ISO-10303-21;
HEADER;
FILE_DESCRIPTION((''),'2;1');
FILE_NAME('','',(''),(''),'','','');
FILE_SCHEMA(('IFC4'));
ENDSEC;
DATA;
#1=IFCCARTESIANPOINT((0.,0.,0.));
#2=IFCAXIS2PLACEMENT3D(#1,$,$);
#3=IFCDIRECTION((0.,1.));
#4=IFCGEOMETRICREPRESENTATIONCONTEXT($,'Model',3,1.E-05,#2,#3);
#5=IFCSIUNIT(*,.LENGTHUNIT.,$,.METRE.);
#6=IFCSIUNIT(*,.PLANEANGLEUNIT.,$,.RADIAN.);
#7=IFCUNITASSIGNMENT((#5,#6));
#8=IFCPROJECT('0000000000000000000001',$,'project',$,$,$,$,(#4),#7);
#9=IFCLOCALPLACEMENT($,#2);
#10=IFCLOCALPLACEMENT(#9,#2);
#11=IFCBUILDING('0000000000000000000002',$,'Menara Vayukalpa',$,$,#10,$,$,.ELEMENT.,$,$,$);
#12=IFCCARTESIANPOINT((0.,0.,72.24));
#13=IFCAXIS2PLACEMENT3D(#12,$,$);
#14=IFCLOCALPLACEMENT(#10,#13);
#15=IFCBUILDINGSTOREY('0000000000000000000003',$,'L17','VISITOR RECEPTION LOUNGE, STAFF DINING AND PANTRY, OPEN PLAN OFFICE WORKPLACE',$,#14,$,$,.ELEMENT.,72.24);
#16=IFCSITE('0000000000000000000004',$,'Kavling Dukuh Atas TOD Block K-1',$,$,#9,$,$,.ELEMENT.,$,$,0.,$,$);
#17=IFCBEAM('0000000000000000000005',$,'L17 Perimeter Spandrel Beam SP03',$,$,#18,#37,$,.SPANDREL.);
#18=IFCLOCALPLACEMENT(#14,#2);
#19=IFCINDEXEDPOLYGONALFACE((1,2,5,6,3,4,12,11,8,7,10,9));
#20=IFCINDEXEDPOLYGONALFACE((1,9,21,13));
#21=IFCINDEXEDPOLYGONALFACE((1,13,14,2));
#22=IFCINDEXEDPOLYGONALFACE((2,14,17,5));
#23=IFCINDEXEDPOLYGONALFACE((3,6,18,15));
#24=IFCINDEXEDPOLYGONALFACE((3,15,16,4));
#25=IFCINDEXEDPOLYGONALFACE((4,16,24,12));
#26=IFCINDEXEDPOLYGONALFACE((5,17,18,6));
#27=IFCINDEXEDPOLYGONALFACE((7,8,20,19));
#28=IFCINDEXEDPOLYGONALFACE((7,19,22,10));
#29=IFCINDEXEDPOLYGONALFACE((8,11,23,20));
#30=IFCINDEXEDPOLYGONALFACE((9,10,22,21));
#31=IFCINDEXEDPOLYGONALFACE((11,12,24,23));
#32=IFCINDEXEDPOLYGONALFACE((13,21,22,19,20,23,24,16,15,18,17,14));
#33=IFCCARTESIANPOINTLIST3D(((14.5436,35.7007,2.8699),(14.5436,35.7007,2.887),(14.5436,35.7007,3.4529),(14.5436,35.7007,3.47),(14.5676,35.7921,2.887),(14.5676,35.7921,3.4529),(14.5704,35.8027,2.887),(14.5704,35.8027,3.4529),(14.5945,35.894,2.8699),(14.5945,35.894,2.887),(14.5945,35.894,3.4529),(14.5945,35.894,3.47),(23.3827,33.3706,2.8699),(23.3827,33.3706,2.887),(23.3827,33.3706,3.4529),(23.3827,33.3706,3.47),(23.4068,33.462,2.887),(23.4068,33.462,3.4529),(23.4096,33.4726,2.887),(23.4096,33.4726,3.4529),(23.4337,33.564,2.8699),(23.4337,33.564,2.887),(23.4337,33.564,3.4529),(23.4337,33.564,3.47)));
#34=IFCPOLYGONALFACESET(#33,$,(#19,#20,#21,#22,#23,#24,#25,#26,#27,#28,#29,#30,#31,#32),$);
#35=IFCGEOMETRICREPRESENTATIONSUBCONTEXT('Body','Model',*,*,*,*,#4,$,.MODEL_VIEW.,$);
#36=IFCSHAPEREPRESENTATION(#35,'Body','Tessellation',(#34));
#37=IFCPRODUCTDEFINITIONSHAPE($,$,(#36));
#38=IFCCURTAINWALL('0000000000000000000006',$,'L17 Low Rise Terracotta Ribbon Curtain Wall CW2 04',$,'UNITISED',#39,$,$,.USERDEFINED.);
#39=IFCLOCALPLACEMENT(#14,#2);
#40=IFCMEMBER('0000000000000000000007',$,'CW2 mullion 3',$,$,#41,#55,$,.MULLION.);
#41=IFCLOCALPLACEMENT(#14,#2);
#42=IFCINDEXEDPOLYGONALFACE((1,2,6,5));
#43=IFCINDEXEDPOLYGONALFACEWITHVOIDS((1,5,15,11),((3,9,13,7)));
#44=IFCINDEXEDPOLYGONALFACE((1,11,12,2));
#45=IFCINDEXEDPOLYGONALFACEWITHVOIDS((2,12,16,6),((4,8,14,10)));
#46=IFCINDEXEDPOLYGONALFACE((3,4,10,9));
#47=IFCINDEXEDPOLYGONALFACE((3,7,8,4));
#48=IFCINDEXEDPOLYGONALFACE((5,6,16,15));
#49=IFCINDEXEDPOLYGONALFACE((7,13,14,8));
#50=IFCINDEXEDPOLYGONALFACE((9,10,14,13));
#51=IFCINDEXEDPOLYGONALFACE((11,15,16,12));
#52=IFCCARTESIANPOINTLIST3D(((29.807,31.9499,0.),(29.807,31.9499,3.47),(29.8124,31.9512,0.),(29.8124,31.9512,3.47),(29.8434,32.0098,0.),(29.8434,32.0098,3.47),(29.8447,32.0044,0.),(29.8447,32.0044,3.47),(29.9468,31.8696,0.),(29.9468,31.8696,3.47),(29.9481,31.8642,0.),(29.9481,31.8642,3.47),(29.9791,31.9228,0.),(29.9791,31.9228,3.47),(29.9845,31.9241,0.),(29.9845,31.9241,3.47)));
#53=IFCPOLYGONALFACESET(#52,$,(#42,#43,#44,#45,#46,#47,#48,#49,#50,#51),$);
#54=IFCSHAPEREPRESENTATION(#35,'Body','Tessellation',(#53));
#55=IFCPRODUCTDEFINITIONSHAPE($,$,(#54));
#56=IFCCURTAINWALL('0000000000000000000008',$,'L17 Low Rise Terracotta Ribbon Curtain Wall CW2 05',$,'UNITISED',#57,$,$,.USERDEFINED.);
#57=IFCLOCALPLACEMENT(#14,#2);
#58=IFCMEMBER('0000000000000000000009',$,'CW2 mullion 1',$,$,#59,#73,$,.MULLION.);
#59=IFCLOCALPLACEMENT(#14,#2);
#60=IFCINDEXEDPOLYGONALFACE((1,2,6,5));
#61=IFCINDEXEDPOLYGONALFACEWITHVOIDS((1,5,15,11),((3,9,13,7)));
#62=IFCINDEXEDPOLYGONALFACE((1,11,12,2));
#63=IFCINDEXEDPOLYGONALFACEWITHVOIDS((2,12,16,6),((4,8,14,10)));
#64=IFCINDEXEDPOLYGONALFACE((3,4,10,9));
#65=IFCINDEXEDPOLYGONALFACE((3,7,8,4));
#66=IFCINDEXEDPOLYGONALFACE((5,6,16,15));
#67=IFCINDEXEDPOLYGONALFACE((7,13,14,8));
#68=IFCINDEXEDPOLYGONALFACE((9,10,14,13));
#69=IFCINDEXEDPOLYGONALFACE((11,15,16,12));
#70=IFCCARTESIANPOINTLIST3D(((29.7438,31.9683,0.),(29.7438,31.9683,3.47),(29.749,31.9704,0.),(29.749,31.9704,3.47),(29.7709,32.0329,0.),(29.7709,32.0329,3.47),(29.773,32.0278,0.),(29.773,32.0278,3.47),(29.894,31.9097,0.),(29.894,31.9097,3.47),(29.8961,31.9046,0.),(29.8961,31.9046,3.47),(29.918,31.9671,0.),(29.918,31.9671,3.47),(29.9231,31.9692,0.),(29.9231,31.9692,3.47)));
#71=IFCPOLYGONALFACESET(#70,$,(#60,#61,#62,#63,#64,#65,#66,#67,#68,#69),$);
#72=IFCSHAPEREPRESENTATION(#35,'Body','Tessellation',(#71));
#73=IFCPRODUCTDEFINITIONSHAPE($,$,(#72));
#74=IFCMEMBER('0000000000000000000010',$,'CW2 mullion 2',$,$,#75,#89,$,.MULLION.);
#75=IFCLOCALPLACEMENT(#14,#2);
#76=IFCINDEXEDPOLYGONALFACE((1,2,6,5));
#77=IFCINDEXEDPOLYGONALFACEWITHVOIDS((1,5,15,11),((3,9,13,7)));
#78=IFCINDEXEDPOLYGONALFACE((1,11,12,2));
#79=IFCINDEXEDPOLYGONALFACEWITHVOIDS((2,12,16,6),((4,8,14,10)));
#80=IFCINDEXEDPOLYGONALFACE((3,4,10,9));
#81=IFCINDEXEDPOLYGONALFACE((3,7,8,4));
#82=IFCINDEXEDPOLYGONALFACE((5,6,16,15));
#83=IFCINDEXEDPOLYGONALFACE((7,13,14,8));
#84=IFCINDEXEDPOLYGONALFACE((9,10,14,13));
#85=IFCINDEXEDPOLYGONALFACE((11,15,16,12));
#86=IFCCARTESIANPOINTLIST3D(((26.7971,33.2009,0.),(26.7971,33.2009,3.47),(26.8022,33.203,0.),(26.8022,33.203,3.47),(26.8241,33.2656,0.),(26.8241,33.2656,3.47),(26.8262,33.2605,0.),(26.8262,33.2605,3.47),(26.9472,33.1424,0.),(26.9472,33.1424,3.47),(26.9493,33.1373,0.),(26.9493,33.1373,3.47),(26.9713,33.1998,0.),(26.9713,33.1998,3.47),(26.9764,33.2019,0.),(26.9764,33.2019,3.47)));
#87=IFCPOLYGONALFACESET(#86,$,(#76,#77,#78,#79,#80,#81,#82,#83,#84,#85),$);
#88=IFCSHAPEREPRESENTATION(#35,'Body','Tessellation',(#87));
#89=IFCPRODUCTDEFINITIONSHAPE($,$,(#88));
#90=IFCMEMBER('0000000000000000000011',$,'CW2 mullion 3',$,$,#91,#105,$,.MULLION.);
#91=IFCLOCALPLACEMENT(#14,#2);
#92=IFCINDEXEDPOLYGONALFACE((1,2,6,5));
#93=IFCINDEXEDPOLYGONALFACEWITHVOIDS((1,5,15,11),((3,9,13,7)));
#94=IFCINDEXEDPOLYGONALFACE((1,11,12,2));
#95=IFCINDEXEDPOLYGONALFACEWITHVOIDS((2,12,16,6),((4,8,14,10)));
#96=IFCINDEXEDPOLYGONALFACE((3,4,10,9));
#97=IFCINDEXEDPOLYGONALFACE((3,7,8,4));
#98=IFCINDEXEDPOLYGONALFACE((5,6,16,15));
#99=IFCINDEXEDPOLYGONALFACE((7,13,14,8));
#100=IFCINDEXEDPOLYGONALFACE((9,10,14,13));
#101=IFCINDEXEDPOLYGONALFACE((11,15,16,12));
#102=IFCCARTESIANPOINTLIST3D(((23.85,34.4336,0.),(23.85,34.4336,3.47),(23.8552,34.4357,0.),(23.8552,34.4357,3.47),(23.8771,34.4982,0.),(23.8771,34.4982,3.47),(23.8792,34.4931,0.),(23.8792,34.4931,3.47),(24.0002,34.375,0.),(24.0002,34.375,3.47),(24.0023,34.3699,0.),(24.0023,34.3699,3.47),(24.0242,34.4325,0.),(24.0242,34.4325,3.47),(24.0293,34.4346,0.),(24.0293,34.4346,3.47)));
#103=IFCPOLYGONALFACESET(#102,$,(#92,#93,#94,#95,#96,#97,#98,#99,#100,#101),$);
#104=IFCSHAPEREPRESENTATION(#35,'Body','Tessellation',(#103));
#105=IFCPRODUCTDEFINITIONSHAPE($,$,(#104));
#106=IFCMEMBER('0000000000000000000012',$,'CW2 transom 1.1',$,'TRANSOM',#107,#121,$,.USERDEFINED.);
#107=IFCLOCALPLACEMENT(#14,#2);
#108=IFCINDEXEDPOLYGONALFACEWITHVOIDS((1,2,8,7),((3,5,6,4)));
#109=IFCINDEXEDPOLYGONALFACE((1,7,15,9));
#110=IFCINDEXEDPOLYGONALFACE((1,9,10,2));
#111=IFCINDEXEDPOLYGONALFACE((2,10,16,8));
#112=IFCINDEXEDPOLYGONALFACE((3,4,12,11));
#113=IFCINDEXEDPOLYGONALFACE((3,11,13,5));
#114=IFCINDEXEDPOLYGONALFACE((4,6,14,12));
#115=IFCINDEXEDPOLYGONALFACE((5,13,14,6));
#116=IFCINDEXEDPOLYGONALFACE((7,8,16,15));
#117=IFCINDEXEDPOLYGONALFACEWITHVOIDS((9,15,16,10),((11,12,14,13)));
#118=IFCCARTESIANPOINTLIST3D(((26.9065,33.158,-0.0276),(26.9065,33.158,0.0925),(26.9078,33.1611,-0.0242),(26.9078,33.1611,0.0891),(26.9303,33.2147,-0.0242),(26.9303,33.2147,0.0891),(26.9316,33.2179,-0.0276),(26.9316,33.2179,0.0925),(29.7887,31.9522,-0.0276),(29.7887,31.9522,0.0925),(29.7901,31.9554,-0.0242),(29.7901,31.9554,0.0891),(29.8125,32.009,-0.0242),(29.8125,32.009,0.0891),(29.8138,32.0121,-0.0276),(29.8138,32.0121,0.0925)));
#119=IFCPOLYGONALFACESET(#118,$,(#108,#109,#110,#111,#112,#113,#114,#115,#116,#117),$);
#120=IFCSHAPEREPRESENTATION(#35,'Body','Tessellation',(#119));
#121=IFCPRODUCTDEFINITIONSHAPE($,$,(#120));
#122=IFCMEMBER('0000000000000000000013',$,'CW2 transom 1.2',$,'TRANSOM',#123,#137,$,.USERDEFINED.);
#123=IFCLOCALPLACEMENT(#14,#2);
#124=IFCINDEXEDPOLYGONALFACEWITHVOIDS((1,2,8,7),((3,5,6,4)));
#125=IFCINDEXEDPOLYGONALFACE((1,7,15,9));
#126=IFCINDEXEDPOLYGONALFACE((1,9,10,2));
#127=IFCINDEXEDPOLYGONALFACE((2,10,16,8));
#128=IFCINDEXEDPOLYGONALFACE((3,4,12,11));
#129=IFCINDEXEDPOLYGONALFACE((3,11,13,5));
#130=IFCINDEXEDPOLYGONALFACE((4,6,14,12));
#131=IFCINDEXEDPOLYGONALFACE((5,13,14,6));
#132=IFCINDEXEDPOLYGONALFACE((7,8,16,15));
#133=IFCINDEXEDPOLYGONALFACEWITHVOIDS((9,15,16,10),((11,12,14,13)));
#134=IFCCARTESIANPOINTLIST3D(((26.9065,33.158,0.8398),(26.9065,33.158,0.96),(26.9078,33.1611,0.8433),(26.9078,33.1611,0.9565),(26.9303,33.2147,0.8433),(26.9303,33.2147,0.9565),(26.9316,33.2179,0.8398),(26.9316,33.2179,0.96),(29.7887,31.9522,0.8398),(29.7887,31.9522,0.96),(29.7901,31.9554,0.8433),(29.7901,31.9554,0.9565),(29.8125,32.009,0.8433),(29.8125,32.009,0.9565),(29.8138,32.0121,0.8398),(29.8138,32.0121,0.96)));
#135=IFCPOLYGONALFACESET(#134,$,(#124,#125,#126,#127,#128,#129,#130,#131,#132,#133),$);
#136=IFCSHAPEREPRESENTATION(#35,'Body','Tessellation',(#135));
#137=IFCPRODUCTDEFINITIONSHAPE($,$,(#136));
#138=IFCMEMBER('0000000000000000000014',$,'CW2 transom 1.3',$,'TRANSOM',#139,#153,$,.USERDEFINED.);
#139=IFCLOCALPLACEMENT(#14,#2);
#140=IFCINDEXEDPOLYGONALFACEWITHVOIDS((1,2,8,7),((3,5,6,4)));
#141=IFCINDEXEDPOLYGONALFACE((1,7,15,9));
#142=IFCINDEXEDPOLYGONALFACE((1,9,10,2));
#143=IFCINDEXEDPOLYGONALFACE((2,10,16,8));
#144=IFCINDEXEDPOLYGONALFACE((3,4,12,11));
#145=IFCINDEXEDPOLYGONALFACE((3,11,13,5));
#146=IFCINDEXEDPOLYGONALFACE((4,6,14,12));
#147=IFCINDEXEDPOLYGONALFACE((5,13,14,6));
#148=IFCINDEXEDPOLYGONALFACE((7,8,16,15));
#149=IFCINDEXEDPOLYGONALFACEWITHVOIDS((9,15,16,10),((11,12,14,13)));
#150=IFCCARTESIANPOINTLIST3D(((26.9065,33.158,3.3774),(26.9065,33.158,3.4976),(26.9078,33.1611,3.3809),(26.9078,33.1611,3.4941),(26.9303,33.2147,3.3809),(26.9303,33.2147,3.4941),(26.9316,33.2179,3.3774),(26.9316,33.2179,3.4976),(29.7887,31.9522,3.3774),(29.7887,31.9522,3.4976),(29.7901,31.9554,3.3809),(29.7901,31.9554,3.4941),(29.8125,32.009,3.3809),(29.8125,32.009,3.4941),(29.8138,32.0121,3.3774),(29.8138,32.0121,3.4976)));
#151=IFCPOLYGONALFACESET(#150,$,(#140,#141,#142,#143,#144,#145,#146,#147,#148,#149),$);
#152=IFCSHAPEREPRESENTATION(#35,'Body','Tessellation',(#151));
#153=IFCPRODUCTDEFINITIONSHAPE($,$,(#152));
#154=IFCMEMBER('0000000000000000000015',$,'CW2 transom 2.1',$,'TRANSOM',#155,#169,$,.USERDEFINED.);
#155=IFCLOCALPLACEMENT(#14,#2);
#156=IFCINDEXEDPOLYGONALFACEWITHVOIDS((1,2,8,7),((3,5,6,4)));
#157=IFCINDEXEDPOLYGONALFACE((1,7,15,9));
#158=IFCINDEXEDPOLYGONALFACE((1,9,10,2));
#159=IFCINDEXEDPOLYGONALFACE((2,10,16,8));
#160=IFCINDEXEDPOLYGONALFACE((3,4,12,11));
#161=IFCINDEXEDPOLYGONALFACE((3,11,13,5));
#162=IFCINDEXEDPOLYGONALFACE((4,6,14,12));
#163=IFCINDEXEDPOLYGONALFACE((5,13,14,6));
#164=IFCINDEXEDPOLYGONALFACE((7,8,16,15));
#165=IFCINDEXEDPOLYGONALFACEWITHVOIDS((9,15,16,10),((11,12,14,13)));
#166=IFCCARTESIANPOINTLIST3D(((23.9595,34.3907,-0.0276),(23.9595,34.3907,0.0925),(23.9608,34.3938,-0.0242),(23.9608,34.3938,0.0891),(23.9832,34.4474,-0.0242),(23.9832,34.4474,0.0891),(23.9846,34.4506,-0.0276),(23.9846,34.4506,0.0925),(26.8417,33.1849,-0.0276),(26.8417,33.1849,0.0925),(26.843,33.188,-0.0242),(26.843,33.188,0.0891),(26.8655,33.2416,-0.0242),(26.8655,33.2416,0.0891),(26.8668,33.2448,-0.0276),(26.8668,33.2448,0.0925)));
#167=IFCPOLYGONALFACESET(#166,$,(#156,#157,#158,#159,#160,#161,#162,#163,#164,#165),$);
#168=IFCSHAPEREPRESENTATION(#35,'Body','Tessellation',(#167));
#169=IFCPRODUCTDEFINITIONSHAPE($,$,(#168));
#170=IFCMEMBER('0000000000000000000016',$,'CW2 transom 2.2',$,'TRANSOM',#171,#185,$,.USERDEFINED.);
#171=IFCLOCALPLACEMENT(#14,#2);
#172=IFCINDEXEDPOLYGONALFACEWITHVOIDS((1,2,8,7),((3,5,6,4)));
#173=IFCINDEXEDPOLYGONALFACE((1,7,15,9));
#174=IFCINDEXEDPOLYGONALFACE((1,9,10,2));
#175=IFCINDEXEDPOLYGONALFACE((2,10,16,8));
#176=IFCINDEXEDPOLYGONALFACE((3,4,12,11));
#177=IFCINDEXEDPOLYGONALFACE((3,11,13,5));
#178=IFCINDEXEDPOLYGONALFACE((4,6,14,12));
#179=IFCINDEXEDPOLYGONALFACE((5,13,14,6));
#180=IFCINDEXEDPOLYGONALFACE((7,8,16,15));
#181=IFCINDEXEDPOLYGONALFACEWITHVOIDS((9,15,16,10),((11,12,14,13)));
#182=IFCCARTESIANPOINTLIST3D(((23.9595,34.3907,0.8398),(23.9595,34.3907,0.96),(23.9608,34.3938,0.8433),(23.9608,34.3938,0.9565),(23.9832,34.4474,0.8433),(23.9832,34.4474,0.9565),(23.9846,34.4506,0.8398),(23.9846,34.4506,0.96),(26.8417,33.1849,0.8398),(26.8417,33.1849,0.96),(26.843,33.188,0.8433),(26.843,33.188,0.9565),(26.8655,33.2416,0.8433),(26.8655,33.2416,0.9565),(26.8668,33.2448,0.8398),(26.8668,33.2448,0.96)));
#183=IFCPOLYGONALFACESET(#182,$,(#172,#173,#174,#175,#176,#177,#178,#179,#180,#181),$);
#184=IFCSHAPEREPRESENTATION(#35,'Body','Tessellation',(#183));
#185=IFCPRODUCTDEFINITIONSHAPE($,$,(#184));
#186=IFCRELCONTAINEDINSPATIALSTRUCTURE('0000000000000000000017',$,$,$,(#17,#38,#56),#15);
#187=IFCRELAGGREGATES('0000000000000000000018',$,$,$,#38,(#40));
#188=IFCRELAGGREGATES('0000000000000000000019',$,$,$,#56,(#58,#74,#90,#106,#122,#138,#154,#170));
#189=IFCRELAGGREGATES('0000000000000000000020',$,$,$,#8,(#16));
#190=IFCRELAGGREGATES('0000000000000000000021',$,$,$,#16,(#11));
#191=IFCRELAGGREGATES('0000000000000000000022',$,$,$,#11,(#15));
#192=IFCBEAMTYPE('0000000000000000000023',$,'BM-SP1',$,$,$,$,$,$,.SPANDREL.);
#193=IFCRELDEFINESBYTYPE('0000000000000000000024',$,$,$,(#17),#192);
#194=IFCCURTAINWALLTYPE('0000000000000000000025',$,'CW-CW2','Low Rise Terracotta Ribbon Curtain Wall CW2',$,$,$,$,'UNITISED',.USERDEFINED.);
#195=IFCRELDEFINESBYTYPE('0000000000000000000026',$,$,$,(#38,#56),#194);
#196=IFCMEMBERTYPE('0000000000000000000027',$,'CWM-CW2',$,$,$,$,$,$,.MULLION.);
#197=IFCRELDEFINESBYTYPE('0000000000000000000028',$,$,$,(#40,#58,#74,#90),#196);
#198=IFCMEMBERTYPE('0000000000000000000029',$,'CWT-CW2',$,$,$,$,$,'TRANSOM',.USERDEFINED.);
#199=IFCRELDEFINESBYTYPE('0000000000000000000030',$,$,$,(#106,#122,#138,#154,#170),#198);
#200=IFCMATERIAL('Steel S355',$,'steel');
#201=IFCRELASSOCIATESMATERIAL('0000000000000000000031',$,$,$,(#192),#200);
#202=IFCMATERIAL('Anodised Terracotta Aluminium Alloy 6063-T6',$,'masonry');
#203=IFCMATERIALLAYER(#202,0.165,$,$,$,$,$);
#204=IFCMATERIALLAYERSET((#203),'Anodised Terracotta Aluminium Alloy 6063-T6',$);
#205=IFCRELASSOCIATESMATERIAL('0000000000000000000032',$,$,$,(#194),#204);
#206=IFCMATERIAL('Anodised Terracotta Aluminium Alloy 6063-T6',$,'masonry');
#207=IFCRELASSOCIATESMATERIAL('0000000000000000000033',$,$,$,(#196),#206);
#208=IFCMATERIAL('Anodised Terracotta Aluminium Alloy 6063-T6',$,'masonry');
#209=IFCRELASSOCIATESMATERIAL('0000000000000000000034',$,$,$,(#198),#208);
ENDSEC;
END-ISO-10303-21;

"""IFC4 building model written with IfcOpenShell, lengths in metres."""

from ifc_helpers import new_model, si_unit, direction, frame, origin, origin_2d, place, context, subcontext, project, spatial, hollow_rectangle, i_section, extrude, material, layer, layer_set, material_profile, profile_set, type_object, element, aggregate, save


model = new_model("IFC4")

# Units and contexts
model_context = context("Model", 3, precision=1e-05, world=origin(), true_north=direction((0.0, 1.0)))
body_context = subcontext(model_context, "Body", "Model", "MODEL_VIEW")
ifc_project = project(units=[si_unit("LENGTHUNIT", "METRE"), si_unit("PLANEANGLEUNIT", "RADIAN")], contexts=[model_context])

# Site, building, storey
site_placement = place(None, origin())
site = spatial("IfcSite", under=ifc_project, at=site_placement, Name="Kavling Dukuh Atas TOD Block K-1", CompositionType="ELEMENT", RefElevation=0.0)
building_placement = place(site_placement, origin())
building = spatial("IfcBuilding", under=site, at=building_placement, Name="Menara Vayukalpa", CompositionType="ELEMENT")
storey_placement = place(building_placement, frame((0.0, 0.0, 72.24)))
storey = spatial("IfcBuildingStorey", under=building, at=storey_placement, Name="L17", Description="VISITOR RECEPTION LOUNGE, STAFF DINING AND PANTRY, OPEN PLAN OFFICE WORKPLACE", CompositionType="ELEMENT", Elevation=72.24)

# Beam
ifc_material_1 = material(Name="Steel S355", Category="steel")
ifc_material_profile_1 = material_profile(ifc_material_1, i_section(OverallWidth=0.2, OverallDepth=0.6001, WebThickness=0.011, FlangeThickness=0.0171, at=origin_2d()), Name="WF 600x200x11x17")
ifc_profile_set_1 = profile_set([ifc_material_profile_1], Name="Steel S355")
beam_type = type_object("IfcBeamType", Name="BM-SP1", PredefinedType="SPANDREL", material=ifc_profile_set_1)
beam_placement = place(storey_placement, frame((23.4082, 33.4673, 3.1699), z_axis=(-0.966967, 0.254902, 0.0), x_axis=(-0.254902, -0.966967, 0.0)))
element("IfcBeam", 1, at=beam_placement, inside=storey, type_object=beam_type, Name="L17 Perimeter Spandrel Beam SP03", PredefinedType="SPANDREL", context=body_context, shape_type="SweptSolid", body=[
    extrude(i_section(OverallWidth=0.2, OverallDepth=0.6001, WebThickness=0.011, FlangeThickness=0.0171, at=origin_2d()), origin(), (0.0, 0.0, 1.0), 9.1411),
])

# Curtain wall, member
ifc_material_2 = material(Name="Anodised Terracotta Aluminium Alloy 6063-T6", Category="masonry")
ifc_layer_1 = layer(ifc_material_2, 0.165)
ifc_layer_set_1 = layer_set([ifc_layer_1], Name="Anodised Terracotta Aluminium Alloy 6063-T6")
curtain_wall_type = type_object("IfcCurtainWallType", Name="CW-CW2", Description="Low Rise Terracotta Ribbon Curtain Wall CW2", ElementType="UNITISED", PredefinedType="USERDEFINED", material=ifc_layer_set_1)
curtain_wall_1_placement = place(storey_placement, origin())
curtain_wall_1 = element("IfcCurtainWall", 2, at=curtain_wall_1_placement, inside=storey, type_object=curtain_wall_type, Name="L17 Low Rise Terracotta Ribbon Curtain Wall CW2 04", ObjectType="UNITISED", PredefinedType="USERDEFINED")
ifc_material_3 = material(Name="Anodised Terracotta Aluminium Alloy 6063-T6", Category="masonry")
ifc_material_profile_2 = material_profile(ifc_material_3, hollow_rectangle(XDim=0.0701, YDim=0.165, WallThickness=0.0039, at=origin_2d()), Name="ALU 70x165x4")
ifc_profile_set_2 = profile_set([ifc_material_profile_2], Name="Anodised Terracotta Aluminium Alloy 6063-T6")
member_type_1 = type_object("IfcMemberType", Name="CWM-CW2", PredefinedType="MULLION", material=ifc_profile_set_2)
member_1_placement = place(storey_placement, frame((29.8958, 31.937, 0.0), z_axis=(0.0, 0.0, 1.0), x_axis=(-0.519183, -0.854663, 0.0)))
member_1 = element("IfcMember", 3, at=member_1_placement, type_object=member_type_1, Name="CW2 mullion 3", PredefinedType="MULLION", context=body_context, shape_type="SweptSolid", body=[
    extrude(hollow_rectangle(XDim=0.0701, YDim=0.165, WallThickness=0.0039, at=origin_2d()), origin(), (0.0, 0.0, 1.0), 3.47),
])
aggregate(curtain_wall_1, [member_1])

# Curtain wall, members
curtain_wall_2_placement = place(storey_placement, origin())
curtain_wall_2 = element("IfcCurtainWall", 4, at=curtain_wall_2_placement, inside=storey, type_object=curtain_wall_type, Name="L17 Low Rise Terracotta Ribbon Curtain Wall CW2 05", ObjectType="UNITISED", PredefinedType="USERDEFINED")
member_2_placement = place(storey_placement, frame((29.8335, 31.9688, 0.0), z_axis=(0.0, 0.0, 1.0), x_axis=(-0.385894, -0.922543, 0.0)))
member_2 = element("IfcMember", 5, at=member_2_placement, type_object=member_type_1, Name="CW2 mullion 1", PredefinedType="MULLION", context=body_context, shape_type="SweptSolid", body=[
    extrude(hollow_rectangle(XDim=0.0701, YDim=0.165, WallThickness=0.0039, at=origin_2d()), origin(), (0.0, 0.0, 1.0), 3.47),
])
member_3_placement = place(storey_placement, frame((26.8867, 33.2014, 0.0), z_axis=(0.0, 0.0, 1.0), x_axis=(-0.385894, -0.922543, 0.0)))
member_3 = element("IfcMember", 6, at=member_3_placement, type_object=member_type_1, Name="CW2 mullion 2", PredefinedType="MULLION", context=body_context, shape_type="SweptSolid", body=[
    extrude(hollow_rectangle(XDim=0.0701, YDim=0.165, WallThickness=0.0039, at=origin_2d()), origin(), (0.0, 0.0, 1.0), 3.47),
])
member_4_placement = place(storey_placement, frame((23.9397, 34.4341, 0.0), z_axis=(0.0, 0.0, 1.0), x_axis=(-0.385894, -0.922543, 0.0)))
member_4 = element("IfcMember", 7, at=member_4_placement, type_object=member_type_1, Name="CW2 mullion 3", PredefinedType="MULLION", context=body_context, shape_type="SweptSolid", body=[
    extrude(hollow_rectangle(XDim=0.0701, YDim=0.165, WallThickness=0.0039, at=origin_2d()), origin(), (0.0, 0.0, 1.0), 3.47),
])
ifc_material_4 = material(Name="Anodised Terracotta Aluminium Alloy 6063-T6", Category="masonry")
ifc_material_profile_3 = material_profile(ifc_material_4, hollow_rectangle(XDim=0.0649, YDim=0.1201, WallThickness=0.0034, at=origin_2d()), Name="ALU 65x120x3.5")
ifc_profile_set_3 = profile_set([ifc_material_profile_3], Name="Anodised Terracotta Aluminium Alloy 6063-T6")
member_type_2 = type_object("IfcMemberType", Name="CWT-CW2", ElementType="TRANSOM", PredefinedType="USERDEFINED", material=ifc_profile_set_3)
member_5_placement = place(storey_placement, frame((29.8013, 31.9822, 0.0325), z_axis=(-0.922526, 0.385936, 0.0), x_axis=(-0.385936, -0.922526, 0.0)))
member_5 = element("IfcMember", 8, at=member_5_placement, type_object=member_type_2, Name="CW2 transom 1.1", ObjectType="TRANSOM", PredefinedType="USERDEFINED", context=body_context, shape_type="SweptSolid", body=[
    extrude(hollow_rectangle(XDim=0.0649, YDim=0.1201, WallThickness=0.0034, at=origin_2d()), origin(), (0.0, 0.0, 1.0), 3.1243),
])
member_6_placement = place(storey_placement, frame((29.8013, 31.9822, 0.8999), z_axis=(-0.922526, 0.385936, 0.0), x_axis=(-0.385936, -0.922526, 0.0)))
member_6 = element("IfcMember", 9, at=member_6_placement, type_object=member_type_2, Name="CW2 transom 1.2", ObjectType="TRANSOM", PredefinedType="USERDEFINED", context=body_context, shape_type="SweptSolid", body=[
    extrude(hollow_rectangle(XDim=0.0649, YDim=0.1201, WallThickness=0.0034, at=origin_2d()), origin(), (0.0, 0.0, 1.0), 3.1243),
])
member_7_placement = place(storey_placement, frame((29.8013, 31.9822, 3.4375), z_axis=(-0.922526, 0.385936, 0.0), x_axis=(-0.385936, -0.922526, 0.0)))
member_7 = element("IfcMember", 10, at=member_7_placement, type_object=member_type_2, Name="CW2 transom 1.3", ObjectType="TRANSOM", PredefinedType="USERDEFINED", context=body_context, shape_type="SweptSolid", body=[
    extrude(hollow_rectangle(XDim=0.0649, YDim=0.1201, WallThickness=0.0034, at=origin_2d()), origin(), (0.0, 0.0, 1.0), 3.1243),
])
member_8_placement = place(storey_placement, frame((26.8542, 33.2148, 0.0325), z_axis=(-0.922526, 0.385936, 0.0), x_axis=(-0.385936, -0.922526, 0.0)))
member_8 = element("IfcMember", 11, at=member_8_placement, type_object=member_type_2, Name="CW2 transom 2.1", ObjectType="TRANSOM", PredefinedType="USERDEFINED", context=body_context, shape_type="SweptSolid", body=[
    extrude(hollow_rectangle(XDim=0.0649, YDim=0.1201, WallThickness=0.0034, at=origin_2d()), origin(), (0.0, 0.0, 1.0), 3.1243),
])
member_9_placement = place(storey_placement, frame((26.8542, 33.2148, 0.8999), z_axis=(-0.922526, 0.385936, 0.0), x_axis=(-0.385936, -0.922526, 0.0)))
member_9 = element("IfcMember", 12, at=member_9_placement, type_object=member_type_2, Name="CW2 transom 2.2", ObjectType="TRANSOM", PredefinedType="USERDEFINED", context=body_context, shape_type="SweptSolid", body=[
    extrude(hollow_rectangle(XDim=0.0649, YDim=0.1201, WallThickness=0.0034, at=origin_2d()), origin(), (0.0, 0.0, 1.0), 3.1243),
])
aggregate(curtain_wall_2, [member_2, member_3, member_4, member_5, member_6, member_7, member_8, member_9])

save(model, "model.ifc")
